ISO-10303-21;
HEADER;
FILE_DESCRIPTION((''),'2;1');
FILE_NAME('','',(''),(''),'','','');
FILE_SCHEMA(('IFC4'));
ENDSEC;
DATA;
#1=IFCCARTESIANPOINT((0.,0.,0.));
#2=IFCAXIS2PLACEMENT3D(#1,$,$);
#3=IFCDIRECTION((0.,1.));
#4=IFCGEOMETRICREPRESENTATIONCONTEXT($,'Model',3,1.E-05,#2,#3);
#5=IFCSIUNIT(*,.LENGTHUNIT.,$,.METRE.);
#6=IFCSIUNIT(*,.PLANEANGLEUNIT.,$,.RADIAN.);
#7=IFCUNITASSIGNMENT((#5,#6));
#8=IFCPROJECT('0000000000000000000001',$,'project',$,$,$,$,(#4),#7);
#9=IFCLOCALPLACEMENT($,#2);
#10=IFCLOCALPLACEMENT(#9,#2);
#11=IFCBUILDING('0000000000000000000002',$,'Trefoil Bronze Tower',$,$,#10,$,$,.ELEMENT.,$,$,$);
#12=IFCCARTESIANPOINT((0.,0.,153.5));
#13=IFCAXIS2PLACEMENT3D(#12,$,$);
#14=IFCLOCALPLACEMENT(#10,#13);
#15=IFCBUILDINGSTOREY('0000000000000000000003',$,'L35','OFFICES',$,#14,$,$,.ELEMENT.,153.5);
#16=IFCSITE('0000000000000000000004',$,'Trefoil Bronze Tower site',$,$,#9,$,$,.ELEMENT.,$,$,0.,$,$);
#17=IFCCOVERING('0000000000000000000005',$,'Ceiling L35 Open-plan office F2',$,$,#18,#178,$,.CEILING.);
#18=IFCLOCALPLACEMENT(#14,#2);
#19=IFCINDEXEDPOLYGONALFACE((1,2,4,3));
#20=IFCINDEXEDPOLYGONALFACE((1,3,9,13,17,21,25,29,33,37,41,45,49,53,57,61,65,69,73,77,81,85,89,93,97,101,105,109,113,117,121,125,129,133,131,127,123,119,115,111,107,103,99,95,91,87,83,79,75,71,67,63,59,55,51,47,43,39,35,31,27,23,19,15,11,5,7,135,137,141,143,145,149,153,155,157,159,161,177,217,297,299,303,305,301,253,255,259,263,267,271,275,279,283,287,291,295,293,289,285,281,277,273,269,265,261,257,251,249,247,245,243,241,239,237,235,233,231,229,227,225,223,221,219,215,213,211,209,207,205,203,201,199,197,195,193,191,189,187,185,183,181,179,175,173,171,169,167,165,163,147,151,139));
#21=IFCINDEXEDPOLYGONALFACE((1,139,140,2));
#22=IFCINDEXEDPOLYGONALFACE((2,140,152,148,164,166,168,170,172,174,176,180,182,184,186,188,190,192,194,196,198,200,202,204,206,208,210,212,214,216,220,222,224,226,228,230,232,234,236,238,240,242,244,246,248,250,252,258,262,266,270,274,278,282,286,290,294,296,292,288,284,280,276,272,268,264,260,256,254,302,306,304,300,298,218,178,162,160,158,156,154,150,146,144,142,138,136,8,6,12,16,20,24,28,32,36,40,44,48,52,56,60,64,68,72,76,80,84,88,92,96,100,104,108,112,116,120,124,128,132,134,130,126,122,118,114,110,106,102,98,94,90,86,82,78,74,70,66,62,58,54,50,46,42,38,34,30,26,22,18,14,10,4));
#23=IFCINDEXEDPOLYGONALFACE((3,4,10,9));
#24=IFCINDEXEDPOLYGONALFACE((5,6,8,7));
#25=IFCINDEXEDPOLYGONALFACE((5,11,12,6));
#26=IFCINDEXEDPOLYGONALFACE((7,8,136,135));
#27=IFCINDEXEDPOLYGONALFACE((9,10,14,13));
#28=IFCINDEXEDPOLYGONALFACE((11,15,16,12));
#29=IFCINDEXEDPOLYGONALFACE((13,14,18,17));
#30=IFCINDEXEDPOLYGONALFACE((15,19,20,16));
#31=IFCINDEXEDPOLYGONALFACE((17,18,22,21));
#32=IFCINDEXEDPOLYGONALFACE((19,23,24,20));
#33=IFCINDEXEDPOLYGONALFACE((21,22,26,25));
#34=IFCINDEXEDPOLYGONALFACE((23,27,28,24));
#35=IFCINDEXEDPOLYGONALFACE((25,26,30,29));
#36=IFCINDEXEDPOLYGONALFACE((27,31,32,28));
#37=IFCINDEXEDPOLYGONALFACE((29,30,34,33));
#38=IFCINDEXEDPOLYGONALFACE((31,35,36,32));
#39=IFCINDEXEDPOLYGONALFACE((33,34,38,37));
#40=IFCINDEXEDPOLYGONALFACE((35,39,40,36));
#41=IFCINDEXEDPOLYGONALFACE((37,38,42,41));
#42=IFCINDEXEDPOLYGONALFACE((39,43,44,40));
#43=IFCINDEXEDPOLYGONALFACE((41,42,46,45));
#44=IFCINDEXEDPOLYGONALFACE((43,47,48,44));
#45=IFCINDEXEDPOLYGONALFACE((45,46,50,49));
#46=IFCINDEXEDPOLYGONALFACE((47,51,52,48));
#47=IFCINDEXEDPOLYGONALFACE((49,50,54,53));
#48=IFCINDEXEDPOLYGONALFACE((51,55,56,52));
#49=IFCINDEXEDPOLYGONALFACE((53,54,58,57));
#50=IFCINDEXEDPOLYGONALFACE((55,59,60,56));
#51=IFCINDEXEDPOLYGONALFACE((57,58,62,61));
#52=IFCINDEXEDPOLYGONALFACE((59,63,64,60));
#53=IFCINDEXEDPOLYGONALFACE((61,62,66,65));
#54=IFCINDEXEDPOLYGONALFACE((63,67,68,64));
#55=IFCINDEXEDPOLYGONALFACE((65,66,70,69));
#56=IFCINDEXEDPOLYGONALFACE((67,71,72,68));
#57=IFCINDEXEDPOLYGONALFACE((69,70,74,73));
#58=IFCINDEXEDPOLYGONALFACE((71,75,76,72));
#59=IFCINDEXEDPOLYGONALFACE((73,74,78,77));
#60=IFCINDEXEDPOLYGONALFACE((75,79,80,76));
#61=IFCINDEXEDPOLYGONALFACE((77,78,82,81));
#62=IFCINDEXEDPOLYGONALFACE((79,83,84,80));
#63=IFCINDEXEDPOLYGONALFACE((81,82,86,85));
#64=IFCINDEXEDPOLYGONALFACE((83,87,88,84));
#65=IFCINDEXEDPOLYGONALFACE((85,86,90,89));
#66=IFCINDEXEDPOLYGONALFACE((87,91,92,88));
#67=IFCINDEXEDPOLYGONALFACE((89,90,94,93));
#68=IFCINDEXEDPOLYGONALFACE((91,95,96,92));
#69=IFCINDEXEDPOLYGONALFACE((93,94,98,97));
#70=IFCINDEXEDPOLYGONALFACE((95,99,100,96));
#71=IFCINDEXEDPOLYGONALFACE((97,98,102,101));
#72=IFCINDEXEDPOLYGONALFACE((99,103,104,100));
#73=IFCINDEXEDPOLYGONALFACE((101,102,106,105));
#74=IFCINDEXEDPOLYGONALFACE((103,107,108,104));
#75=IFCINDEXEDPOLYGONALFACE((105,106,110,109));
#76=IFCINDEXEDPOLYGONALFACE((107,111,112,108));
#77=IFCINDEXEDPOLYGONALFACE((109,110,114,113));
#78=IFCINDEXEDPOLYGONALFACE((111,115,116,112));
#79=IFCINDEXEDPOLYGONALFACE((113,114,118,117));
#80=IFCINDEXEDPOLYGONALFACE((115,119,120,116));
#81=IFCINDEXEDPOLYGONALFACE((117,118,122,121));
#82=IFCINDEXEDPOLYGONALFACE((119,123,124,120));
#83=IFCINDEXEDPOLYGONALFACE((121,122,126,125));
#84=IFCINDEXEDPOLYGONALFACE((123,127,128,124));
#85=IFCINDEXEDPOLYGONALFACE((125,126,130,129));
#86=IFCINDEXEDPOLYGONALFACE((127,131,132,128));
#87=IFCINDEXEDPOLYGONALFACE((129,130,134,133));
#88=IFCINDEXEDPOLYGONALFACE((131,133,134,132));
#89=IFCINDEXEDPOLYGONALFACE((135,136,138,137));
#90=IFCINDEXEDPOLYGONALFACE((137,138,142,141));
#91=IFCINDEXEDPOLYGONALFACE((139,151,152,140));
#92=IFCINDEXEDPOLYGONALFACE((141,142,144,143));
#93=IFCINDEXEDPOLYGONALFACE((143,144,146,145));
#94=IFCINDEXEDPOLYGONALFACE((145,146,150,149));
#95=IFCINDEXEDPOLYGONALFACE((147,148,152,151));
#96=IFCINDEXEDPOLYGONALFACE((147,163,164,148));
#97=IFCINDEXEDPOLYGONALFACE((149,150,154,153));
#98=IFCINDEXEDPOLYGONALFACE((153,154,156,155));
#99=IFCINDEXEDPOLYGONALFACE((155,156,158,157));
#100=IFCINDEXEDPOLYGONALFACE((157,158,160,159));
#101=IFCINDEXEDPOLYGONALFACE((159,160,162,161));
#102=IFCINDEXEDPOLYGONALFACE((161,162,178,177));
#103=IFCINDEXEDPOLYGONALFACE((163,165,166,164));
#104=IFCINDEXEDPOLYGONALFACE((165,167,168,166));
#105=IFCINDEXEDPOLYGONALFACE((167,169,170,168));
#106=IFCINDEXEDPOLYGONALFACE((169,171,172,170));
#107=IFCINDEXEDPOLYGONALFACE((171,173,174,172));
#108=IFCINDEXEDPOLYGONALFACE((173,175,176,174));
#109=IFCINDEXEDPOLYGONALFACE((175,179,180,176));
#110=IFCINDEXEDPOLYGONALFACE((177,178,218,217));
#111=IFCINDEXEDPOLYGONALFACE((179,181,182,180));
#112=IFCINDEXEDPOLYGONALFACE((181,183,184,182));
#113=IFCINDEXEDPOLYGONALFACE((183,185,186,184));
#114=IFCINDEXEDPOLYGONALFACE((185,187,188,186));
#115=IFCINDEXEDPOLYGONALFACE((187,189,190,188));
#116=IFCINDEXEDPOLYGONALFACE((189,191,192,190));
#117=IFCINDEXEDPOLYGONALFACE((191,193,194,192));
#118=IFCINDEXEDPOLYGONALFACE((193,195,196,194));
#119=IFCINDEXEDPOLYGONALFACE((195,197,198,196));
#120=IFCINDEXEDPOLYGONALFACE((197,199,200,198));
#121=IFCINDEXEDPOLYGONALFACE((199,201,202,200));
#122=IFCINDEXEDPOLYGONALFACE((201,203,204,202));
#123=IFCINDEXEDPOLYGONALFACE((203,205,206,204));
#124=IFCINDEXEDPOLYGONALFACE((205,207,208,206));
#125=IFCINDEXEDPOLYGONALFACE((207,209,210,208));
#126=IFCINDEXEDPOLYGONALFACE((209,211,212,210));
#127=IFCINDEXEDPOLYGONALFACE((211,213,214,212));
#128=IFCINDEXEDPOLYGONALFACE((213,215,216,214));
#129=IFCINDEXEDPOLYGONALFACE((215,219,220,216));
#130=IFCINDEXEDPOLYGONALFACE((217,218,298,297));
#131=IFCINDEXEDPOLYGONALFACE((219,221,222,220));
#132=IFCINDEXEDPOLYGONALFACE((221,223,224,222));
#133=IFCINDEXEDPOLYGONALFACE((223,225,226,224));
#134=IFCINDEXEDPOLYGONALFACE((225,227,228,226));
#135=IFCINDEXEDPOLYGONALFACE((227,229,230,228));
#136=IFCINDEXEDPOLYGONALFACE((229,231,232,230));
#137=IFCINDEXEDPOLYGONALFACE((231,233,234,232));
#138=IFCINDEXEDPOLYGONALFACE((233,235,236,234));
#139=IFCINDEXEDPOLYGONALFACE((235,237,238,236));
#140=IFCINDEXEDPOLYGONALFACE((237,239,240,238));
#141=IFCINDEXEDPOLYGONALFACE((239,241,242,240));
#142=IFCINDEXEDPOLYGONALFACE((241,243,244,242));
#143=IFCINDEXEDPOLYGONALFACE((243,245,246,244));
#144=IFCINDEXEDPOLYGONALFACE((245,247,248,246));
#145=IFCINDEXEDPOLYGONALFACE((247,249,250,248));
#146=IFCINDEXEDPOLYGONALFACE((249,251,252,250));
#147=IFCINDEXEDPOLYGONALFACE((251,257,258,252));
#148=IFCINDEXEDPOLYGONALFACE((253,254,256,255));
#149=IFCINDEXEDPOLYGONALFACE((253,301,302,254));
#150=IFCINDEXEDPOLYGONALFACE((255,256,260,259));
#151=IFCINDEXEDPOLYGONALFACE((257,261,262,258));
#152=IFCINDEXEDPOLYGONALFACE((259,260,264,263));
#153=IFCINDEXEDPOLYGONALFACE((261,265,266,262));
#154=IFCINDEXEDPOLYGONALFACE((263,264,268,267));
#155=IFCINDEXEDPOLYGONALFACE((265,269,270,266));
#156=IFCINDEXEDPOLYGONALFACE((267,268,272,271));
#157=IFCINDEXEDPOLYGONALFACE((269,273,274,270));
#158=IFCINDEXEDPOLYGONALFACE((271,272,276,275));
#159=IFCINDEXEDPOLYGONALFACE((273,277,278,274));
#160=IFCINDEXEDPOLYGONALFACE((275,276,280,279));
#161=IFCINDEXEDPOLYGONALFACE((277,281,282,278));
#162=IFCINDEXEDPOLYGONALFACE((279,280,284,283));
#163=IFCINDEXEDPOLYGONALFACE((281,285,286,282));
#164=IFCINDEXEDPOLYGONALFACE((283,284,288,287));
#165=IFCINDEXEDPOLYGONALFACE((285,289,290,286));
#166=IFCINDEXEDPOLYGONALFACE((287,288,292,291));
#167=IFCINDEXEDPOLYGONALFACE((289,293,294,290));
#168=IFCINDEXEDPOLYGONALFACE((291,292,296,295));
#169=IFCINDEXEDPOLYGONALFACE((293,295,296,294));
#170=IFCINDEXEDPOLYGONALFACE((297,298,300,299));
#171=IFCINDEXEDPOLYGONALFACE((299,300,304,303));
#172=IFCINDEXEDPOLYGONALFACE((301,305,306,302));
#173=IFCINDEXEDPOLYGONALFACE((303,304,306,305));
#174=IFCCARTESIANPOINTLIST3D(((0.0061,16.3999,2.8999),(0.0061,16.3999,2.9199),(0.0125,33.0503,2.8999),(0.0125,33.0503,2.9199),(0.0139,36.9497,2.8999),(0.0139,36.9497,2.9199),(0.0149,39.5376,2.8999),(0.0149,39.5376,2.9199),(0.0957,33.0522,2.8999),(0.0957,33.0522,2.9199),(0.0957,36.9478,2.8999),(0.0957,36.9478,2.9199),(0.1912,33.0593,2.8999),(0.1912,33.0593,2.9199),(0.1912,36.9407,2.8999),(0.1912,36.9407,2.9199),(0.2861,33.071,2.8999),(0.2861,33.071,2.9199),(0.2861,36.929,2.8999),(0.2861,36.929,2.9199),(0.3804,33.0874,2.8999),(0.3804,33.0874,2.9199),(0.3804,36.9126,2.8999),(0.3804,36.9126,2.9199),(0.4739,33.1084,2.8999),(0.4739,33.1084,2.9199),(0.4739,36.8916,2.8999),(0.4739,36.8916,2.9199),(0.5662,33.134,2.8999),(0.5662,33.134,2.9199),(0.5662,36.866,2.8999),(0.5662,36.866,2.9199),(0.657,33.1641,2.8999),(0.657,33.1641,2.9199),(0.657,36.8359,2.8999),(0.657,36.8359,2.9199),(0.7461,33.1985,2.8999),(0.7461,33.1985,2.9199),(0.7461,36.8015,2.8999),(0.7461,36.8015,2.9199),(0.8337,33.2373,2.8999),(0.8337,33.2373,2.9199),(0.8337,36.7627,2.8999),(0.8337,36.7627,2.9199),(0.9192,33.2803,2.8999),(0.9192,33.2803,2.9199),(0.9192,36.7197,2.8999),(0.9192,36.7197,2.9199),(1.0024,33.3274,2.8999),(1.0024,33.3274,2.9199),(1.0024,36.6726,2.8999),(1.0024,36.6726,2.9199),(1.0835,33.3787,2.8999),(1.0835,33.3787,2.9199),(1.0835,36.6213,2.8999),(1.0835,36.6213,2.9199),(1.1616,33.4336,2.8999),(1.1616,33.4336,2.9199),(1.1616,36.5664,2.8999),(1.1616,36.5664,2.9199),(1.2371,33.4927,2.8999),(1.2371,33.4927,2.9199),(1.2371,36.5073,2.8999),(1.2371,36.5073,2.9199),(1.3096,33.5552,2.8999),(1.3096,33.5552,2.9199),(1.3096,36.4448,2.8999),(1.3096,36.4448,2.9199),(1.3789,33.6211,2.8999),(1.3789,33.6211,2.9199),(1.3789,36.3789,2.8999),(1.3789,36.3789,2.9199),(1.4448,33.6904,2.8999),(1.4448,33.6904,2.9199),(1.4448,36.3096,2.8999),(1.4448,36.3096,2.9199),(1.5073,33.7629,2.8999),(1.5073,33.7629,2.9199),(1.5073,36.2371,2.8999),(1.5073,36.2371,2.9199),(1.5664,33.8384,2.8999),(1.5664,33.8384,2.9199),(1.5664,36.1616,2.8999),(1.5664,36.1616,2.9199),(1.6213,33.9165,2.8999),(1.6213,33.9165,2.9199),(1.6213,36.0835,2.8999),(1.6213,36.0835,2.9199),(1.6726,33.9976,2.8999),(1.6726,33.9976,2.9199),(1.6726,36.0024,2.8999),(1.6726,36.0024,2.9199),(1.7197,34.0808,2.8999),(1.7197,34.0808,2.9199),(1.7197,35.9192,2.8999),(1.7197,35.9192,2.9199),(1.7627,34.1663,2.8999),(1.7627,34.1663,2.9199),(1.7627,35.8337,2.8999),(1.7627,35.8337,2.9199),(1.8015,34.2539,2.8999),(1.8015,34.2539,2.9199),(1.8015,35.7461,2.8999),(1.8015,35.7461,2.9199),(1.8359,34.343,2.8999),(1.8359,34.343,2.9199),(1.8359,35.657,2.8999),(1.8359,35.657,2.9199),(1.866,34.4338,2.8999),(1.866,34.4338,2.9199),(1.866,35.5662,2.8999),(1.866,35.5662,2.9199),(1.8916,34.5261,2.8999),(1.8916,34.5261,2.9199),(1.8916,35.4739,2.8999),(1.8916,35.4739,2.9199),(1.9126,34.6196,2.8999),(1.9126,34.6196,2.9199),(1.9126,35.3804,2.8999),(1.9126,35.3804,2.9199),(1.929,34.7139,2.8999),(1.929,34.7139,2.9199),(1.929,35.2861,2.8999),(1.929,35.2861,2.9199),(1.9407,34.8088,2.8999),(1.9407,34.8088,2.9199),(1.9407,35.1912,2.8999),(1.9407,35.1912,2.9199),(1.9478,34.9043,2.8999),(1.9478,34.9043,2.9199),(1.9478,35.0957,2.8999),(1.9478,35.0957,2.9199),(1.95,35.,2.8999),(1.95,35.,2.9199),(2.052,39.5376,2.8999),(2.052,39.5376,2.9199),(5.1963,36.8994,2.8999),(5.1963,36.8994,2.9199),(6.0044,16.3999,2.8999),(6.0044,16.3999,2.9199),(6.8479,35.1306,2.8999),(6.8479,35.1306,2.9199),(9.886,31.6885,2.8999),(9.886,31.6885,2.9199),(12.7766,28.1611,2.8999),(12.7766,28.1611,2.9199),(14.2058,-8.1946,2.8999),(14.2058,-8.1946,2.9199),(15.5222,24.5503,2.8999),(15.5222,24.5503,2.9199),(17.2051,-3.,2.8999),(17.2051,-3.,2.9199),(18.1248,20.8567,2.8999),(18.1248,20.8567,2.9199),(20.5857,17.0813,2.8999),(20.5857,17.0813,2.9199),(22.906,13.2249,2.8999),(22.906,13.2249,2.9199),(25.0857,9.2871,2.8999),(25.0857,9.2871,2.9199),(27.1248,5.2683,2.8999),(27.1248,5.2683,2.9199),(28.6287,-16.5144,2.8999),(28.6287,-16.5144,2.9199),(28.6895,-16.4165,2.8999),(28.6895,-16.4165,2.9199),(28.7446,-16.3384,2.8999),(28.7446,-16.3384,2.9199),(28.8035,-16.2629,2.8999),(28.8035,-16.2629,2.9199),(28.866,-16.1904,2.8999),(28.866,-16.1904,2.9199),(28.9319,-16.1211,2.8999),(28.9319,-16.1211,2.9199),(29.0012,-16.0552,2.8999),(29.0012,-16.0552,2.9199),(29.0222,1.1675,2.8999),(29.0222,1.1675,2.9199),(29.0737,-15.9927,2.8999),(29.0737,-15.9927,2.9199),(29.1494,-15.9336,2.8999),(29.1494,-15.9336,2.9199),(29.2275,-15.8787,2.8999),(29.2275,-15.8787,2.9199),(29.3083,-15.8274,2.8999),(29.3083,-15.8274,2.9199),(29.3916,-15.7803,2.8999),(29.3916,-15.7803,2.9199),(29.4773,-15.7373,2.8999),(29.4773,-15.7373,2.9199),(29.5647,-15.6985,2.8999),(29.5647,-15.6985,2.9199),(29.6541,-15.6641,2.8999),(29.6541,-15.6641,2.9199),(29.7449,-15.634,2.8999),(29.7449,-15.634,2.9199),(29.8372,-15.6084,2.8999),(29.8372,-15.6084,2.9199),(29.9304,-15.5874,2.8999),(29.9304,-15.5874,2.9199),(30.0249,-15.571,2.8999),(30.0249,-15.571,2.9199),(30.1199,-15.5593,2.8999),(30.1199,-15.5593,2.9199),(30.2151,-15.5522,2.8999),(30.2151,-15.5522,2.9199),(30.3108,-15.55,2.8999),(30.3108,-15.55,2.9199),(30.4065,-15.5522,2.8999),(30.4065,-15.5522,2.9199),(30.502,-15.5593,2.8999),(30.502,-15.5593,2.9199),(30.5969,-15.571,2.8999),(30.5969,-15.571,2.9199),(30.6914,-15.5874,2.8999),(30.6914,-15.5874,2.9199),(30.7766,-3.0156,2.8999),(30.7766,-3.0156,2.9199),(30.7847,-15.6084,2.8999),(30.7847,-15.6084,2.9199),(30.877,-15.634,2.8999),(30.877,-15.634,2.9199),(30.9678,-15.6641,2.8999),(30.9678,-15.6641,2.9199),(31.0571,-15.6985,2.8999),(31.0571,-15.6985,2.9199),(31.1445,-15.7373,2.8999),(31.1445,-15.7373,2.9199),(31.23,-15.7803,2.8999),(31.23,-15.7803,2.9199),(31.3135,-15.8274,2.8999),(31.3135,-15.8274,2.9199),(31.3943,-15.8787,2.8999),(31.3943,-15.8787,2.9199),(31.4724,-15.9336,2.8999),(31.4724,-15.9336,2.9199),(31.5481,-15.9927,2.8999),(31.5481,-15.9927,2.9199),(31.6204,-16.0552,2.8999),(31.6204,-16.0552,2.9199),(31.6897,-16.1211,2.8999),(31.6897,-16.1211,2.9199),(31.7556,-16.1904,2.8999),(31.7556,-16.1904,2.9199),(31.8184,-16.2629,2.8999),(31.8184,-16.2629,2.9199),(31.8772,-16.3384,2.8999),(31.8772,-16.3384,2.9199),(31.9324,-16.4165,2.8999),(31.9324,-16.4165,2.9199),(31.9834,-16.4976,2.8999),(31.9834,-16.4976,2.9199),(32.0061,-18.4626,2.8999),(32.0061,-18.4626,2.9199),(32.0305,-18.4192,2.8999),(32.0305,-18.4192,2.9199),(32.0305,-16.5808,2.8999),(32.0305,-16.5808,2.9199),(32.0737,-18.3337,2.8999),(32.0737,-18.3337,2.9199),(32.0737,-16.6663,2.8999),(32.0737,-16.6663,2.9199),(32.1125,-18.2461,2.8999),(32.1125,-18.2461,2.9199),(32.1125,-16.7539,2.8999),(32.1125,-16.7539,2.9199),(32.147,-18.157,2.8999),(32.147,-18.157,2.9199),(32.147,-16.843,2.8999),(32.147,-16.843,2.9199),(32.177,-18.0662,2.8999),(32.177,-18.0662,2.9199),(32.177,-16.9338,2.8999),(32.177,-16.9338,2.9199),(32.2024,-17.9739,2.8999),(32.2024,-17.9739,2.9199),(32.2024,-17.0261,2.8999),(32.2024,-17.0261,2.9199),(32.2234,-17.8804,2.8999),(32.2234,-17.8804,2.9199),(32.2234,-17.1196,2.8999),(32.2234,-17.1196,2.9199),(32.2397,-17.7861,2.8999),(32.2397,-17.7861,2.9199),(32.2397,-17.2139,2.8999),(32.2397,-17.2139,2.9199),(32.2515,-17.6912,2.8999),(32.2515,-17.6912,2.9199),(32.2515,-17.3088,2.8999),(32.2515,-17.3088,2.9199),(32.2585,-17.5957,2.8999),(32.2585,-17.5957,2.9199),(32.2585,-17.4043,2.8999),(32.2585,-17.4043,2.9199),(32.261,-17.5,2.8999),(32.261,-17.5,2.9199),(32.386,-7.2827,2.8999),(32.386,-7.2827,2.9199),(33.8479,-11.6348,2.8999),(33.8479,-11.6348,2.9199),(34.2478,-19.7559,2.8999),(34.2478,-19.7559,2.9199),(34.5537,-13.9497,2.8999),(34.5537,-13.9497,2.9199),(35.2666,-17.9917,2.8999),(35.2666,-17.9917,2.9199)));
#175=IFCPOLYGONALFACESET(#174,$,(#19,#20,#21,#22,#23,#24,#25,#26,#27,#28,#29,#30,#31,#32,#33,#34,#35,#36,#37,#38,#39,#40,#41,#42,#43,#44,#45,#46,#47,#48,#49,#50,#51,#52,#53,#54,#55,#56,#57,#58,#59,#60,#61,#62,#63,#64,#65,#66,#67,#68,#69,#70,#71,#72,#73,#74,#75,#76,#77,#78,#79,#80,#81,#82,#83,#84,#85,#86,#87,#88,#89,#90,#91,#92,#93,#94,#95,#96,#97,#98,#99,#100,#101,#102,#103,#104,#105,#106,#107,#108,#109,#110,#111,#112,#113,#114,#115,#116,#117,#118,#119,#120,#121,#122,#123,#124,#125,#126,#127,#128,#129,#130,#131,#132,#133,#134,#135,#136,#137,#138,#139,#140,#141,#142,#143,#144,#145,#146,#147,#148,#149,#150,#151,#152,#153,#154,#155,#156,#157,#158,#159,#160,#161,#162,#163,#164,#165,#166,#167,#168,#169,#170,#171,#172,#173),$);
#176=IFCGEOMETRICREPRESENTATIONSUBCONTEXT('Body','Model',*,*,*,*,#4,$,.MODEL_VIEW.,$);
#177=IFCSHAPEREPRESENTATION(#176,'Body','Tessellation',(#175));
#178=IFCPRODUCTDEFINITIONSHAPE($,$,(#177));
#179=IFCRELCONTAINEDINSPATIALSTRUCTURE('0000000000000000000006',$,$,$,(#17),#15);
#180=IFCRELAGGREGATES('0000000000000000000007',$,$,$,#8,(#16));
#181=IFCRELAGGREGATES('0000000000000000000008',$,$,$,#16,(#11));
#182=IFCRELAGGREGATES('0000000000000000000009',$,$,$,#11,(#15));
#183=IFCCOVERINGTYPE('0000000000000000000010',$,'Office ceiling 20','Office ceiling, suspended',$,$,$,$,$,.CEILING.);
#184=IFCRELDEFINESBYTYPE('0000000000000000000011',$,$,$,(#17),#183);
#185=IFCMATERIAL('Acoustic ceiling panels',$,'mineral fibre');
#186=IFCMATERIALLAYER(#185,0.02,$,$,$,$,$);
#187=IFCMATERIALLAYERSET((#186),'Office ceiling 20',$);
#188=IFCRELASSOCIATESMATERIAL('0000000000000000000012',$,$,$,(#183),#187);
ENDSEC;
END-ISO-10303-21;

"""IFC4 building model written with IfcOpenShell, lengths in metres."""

from ifc_helpers import new_model, si_unit, direction, frame, origin, place, context, subcontext, project, spatial, polyline, outline, extrude, material, layer, layer_set, type_object, element, save


model = new_model("IFC4")

# Units and contexts
model_context = context("Model", 3, precision=1e-05, world=origin(), true_north=direction((0.0, 1.0)))
body_context = subcontext(model_context, "Body", "Model", "MODEL_VIEW")
ifc_project = project(units=[si_unit("LENGTHUNIT", "METRE"), si_unit("PLANEANGLEUNIT", "RADIAN")], contexts=[model_context])

# Site, building, storey
site_placement = place(None, origin())
site = spatial("IfcSite", under=ifc_project, at=site_placement, Name="Trefoil Bronze Tower site", CompositionType="ELEMENT", RefElevation=0.0)
building_placement = place(site_placement, origin())
building = spatial("IfcBuilding", under=site, at=building_placement, Name="Trefoil Bronze Tower", CompositionType="ELEMENT")
storey_placement = place(building_placement, frame((0.0, 0.0, 153.5)))
storey = spatial("IfcBuildingStorey", under=building, at=storey_placement, Name="L35", Description="OFFICES", CompositionType="ELEMENT", Elevation=153.5)

# Covering
ifc_material_1 = material(Name="Acoustic ceiling panels", Category="mineral fibre")
ifc_layer_1 = layer(ifc_material_1, 0.02)
ifc_layer_set_1 = layer_set([ifc_layer_1], Name="Office ceiling 20")
covering_type_1 = type_object("IfcCoveringType", Name="Office ceiling 20", Description="Office ceiling, suspended", PredefinedType="CEILING", material=ifc_layer_set_1)
covering_1_placement = place(storey_placement, frame((0.0, 0.0, 2.8999)))
element("IfcCovering", 1, at=covering_1_placement, inside=storey, type_object=covering_type_1, Name="Ceiling L35 Open-plan office F2", PredefinedType="CEILING", context=body_context, shape_type="SweptSolid", body=[
    extrude(outline(polyline([(6.8479, 35.1306), (9.886, 31.6885), (12.7766, 28.1611), (15.5222, 24.5503), (18.1248, 20.8567), (20.5857, 17.0813), (22.906, 13.2249), (25.0857, 9.2871), (27.1248, 5.2683), (29.0222, 1.1675), (30.7766, -3.0156), (32.386, -7.2827), (33.8479, -11.6348), (34.5537, -13.9497), (35.2666, -17.9917), (34.2478, -19.7559), (32.0061, -18.4626), (32.0305, -18.4192), (32.0737, -18.3337), (32.1125, -18.2461), (32.147, -18.157), (32.177, -18.0662), (32.2024, -17.9739), (32.2234, -17.8804), (32.2397, -17.7861), (32.2515, -17.6912), (32.2585, -17.5957), (32.261, -17.5), (32.2585, -17.4043), (32.2515, -17.3088), (32.2397, -17.2139), (32.2234, -17.1196), (32.2024, -17.0261), (32.177, -16.9338), (32.147, -16.843), (32.1125, -16.7539), (32.0737, -16.6663), (32.0305, -16.5808), (31.9834, -16.4976), (31.9324, -16.4165), (31.8772, -16.3384), (31.8184, -16.2629), (31.7556, -16.1904), (31.6897, -16.1211), (31.6204, -16.0552), (31.5481, -15.9927), (31.4724, -15.9336), (31.3943, -15.8787), (31.3135, -15.8274), (31.23, -15.7803), (31.1445, -15.7373), (31.0571, -15.6985), (30.9678, -15.6641), (30.877, -15.634), (30.7847, -15.6084), (30.6914, -15.5874), (30.5969, -15.571), (30.502, -15.5593), (30.4065, -15.5522), (30.3108, -15.55), (30.2151, -15.5522), (30.1199, -15.5593), (30.0249, -15.571), (29.9304, -15.5874), (29.8372, -15.6084), (29.7449, -15.634), (29.6541, -15.6641), (29.5647, -15.6985), (29.4773, -15.7373), (29.3916, -15.7803), (29.3083, -15.8274), (29.2275, -15.8787), (29.1494, -15.9336), (29.0737, -15.9927), (29.0012, -16.0552), (28.9319, -16.1211), (28.866, -16.1904), (28.8035, -16.2629), (28.7446, -16.3384), (28.6895, -16.4165), (28.6287, -16.5144), (14.2058, -8.1946), (17.2051, -3.0), (6.0044, 16.3999), (0.0061, 16.3999), (0.0125, 33.0503), (0.0957, 33.0522), (0.1912, 33.0593), (0.2861, 33.071), (0.3804, 33.0874), (0.4739, 33.1084), (0.5662, 33.134), (0.657, 33.1641), (0.7461, 33.1985), (0.8337, 33.2373), (0.9192, 33.2803), (1.0024, 33.3274), (1.0835, 33.3787), (1.1616, 33.4336), (1.2371, 33.4927), (1.3096, 33.5552), (1.3789, 33.6211), (1.4448, 33.6904), (1.5073, 33.7629), (1.5664, 33.8384), (1.6213, 33.9165), (1.6726, 33.9976), (1.7197, 34.0808), (1.7627, 34.1663), (1.8015, 34.2539), (1.8359, 34.343), (1.866, 34.4338), (1.8916, 34.5261), (1.9126, 34.6196), (1.929, 34.7139), (1.9407, 34.8088), (1.9478, 34.9043), (1.95, 35.0), (1.9478, 35.0957), (1.9407, 35.1912), (1.929, 35.2861), (1.9126, 35.3804), (1.8916, 35.4739), (1.866, 35.5662), (1.8359, 35.657), (1.8015, 35.7461), (1.7627, 35.8337), (1.7197, 35.9192), (1.6726, 36.0024), (1.6213, 36.0835), (1.5664, 36.1616), (1.5073, 36.2371), (1.4448, 36.3096), (1.3789, 36.3789), (1.3096, 36.4448), (1.2371, 36.5073), (1.1616, 36.5664), (1.0835, 36.6213), (1.0024, 36.6726), (0.9192, 36.7197), (0.8337, 36.7627), (0.7461, 36.8015), (0.657, 36.8359), (0.5662, 36.866), (0.4739, 36.8916), (0.3804, 36.9126), (0.2861, 36.929), (0.1912, 36.9407), (0.0957, 36.9478), (0.0139, 36.9497), (0.0149, 39.5376), (2.052, 39.5376), (5.1963, 36.8994), (6.8479, 35.1306)])), origin(), (0.0, 0.0, 1.0), 0.02),
])

save(model, "model.ifc")
